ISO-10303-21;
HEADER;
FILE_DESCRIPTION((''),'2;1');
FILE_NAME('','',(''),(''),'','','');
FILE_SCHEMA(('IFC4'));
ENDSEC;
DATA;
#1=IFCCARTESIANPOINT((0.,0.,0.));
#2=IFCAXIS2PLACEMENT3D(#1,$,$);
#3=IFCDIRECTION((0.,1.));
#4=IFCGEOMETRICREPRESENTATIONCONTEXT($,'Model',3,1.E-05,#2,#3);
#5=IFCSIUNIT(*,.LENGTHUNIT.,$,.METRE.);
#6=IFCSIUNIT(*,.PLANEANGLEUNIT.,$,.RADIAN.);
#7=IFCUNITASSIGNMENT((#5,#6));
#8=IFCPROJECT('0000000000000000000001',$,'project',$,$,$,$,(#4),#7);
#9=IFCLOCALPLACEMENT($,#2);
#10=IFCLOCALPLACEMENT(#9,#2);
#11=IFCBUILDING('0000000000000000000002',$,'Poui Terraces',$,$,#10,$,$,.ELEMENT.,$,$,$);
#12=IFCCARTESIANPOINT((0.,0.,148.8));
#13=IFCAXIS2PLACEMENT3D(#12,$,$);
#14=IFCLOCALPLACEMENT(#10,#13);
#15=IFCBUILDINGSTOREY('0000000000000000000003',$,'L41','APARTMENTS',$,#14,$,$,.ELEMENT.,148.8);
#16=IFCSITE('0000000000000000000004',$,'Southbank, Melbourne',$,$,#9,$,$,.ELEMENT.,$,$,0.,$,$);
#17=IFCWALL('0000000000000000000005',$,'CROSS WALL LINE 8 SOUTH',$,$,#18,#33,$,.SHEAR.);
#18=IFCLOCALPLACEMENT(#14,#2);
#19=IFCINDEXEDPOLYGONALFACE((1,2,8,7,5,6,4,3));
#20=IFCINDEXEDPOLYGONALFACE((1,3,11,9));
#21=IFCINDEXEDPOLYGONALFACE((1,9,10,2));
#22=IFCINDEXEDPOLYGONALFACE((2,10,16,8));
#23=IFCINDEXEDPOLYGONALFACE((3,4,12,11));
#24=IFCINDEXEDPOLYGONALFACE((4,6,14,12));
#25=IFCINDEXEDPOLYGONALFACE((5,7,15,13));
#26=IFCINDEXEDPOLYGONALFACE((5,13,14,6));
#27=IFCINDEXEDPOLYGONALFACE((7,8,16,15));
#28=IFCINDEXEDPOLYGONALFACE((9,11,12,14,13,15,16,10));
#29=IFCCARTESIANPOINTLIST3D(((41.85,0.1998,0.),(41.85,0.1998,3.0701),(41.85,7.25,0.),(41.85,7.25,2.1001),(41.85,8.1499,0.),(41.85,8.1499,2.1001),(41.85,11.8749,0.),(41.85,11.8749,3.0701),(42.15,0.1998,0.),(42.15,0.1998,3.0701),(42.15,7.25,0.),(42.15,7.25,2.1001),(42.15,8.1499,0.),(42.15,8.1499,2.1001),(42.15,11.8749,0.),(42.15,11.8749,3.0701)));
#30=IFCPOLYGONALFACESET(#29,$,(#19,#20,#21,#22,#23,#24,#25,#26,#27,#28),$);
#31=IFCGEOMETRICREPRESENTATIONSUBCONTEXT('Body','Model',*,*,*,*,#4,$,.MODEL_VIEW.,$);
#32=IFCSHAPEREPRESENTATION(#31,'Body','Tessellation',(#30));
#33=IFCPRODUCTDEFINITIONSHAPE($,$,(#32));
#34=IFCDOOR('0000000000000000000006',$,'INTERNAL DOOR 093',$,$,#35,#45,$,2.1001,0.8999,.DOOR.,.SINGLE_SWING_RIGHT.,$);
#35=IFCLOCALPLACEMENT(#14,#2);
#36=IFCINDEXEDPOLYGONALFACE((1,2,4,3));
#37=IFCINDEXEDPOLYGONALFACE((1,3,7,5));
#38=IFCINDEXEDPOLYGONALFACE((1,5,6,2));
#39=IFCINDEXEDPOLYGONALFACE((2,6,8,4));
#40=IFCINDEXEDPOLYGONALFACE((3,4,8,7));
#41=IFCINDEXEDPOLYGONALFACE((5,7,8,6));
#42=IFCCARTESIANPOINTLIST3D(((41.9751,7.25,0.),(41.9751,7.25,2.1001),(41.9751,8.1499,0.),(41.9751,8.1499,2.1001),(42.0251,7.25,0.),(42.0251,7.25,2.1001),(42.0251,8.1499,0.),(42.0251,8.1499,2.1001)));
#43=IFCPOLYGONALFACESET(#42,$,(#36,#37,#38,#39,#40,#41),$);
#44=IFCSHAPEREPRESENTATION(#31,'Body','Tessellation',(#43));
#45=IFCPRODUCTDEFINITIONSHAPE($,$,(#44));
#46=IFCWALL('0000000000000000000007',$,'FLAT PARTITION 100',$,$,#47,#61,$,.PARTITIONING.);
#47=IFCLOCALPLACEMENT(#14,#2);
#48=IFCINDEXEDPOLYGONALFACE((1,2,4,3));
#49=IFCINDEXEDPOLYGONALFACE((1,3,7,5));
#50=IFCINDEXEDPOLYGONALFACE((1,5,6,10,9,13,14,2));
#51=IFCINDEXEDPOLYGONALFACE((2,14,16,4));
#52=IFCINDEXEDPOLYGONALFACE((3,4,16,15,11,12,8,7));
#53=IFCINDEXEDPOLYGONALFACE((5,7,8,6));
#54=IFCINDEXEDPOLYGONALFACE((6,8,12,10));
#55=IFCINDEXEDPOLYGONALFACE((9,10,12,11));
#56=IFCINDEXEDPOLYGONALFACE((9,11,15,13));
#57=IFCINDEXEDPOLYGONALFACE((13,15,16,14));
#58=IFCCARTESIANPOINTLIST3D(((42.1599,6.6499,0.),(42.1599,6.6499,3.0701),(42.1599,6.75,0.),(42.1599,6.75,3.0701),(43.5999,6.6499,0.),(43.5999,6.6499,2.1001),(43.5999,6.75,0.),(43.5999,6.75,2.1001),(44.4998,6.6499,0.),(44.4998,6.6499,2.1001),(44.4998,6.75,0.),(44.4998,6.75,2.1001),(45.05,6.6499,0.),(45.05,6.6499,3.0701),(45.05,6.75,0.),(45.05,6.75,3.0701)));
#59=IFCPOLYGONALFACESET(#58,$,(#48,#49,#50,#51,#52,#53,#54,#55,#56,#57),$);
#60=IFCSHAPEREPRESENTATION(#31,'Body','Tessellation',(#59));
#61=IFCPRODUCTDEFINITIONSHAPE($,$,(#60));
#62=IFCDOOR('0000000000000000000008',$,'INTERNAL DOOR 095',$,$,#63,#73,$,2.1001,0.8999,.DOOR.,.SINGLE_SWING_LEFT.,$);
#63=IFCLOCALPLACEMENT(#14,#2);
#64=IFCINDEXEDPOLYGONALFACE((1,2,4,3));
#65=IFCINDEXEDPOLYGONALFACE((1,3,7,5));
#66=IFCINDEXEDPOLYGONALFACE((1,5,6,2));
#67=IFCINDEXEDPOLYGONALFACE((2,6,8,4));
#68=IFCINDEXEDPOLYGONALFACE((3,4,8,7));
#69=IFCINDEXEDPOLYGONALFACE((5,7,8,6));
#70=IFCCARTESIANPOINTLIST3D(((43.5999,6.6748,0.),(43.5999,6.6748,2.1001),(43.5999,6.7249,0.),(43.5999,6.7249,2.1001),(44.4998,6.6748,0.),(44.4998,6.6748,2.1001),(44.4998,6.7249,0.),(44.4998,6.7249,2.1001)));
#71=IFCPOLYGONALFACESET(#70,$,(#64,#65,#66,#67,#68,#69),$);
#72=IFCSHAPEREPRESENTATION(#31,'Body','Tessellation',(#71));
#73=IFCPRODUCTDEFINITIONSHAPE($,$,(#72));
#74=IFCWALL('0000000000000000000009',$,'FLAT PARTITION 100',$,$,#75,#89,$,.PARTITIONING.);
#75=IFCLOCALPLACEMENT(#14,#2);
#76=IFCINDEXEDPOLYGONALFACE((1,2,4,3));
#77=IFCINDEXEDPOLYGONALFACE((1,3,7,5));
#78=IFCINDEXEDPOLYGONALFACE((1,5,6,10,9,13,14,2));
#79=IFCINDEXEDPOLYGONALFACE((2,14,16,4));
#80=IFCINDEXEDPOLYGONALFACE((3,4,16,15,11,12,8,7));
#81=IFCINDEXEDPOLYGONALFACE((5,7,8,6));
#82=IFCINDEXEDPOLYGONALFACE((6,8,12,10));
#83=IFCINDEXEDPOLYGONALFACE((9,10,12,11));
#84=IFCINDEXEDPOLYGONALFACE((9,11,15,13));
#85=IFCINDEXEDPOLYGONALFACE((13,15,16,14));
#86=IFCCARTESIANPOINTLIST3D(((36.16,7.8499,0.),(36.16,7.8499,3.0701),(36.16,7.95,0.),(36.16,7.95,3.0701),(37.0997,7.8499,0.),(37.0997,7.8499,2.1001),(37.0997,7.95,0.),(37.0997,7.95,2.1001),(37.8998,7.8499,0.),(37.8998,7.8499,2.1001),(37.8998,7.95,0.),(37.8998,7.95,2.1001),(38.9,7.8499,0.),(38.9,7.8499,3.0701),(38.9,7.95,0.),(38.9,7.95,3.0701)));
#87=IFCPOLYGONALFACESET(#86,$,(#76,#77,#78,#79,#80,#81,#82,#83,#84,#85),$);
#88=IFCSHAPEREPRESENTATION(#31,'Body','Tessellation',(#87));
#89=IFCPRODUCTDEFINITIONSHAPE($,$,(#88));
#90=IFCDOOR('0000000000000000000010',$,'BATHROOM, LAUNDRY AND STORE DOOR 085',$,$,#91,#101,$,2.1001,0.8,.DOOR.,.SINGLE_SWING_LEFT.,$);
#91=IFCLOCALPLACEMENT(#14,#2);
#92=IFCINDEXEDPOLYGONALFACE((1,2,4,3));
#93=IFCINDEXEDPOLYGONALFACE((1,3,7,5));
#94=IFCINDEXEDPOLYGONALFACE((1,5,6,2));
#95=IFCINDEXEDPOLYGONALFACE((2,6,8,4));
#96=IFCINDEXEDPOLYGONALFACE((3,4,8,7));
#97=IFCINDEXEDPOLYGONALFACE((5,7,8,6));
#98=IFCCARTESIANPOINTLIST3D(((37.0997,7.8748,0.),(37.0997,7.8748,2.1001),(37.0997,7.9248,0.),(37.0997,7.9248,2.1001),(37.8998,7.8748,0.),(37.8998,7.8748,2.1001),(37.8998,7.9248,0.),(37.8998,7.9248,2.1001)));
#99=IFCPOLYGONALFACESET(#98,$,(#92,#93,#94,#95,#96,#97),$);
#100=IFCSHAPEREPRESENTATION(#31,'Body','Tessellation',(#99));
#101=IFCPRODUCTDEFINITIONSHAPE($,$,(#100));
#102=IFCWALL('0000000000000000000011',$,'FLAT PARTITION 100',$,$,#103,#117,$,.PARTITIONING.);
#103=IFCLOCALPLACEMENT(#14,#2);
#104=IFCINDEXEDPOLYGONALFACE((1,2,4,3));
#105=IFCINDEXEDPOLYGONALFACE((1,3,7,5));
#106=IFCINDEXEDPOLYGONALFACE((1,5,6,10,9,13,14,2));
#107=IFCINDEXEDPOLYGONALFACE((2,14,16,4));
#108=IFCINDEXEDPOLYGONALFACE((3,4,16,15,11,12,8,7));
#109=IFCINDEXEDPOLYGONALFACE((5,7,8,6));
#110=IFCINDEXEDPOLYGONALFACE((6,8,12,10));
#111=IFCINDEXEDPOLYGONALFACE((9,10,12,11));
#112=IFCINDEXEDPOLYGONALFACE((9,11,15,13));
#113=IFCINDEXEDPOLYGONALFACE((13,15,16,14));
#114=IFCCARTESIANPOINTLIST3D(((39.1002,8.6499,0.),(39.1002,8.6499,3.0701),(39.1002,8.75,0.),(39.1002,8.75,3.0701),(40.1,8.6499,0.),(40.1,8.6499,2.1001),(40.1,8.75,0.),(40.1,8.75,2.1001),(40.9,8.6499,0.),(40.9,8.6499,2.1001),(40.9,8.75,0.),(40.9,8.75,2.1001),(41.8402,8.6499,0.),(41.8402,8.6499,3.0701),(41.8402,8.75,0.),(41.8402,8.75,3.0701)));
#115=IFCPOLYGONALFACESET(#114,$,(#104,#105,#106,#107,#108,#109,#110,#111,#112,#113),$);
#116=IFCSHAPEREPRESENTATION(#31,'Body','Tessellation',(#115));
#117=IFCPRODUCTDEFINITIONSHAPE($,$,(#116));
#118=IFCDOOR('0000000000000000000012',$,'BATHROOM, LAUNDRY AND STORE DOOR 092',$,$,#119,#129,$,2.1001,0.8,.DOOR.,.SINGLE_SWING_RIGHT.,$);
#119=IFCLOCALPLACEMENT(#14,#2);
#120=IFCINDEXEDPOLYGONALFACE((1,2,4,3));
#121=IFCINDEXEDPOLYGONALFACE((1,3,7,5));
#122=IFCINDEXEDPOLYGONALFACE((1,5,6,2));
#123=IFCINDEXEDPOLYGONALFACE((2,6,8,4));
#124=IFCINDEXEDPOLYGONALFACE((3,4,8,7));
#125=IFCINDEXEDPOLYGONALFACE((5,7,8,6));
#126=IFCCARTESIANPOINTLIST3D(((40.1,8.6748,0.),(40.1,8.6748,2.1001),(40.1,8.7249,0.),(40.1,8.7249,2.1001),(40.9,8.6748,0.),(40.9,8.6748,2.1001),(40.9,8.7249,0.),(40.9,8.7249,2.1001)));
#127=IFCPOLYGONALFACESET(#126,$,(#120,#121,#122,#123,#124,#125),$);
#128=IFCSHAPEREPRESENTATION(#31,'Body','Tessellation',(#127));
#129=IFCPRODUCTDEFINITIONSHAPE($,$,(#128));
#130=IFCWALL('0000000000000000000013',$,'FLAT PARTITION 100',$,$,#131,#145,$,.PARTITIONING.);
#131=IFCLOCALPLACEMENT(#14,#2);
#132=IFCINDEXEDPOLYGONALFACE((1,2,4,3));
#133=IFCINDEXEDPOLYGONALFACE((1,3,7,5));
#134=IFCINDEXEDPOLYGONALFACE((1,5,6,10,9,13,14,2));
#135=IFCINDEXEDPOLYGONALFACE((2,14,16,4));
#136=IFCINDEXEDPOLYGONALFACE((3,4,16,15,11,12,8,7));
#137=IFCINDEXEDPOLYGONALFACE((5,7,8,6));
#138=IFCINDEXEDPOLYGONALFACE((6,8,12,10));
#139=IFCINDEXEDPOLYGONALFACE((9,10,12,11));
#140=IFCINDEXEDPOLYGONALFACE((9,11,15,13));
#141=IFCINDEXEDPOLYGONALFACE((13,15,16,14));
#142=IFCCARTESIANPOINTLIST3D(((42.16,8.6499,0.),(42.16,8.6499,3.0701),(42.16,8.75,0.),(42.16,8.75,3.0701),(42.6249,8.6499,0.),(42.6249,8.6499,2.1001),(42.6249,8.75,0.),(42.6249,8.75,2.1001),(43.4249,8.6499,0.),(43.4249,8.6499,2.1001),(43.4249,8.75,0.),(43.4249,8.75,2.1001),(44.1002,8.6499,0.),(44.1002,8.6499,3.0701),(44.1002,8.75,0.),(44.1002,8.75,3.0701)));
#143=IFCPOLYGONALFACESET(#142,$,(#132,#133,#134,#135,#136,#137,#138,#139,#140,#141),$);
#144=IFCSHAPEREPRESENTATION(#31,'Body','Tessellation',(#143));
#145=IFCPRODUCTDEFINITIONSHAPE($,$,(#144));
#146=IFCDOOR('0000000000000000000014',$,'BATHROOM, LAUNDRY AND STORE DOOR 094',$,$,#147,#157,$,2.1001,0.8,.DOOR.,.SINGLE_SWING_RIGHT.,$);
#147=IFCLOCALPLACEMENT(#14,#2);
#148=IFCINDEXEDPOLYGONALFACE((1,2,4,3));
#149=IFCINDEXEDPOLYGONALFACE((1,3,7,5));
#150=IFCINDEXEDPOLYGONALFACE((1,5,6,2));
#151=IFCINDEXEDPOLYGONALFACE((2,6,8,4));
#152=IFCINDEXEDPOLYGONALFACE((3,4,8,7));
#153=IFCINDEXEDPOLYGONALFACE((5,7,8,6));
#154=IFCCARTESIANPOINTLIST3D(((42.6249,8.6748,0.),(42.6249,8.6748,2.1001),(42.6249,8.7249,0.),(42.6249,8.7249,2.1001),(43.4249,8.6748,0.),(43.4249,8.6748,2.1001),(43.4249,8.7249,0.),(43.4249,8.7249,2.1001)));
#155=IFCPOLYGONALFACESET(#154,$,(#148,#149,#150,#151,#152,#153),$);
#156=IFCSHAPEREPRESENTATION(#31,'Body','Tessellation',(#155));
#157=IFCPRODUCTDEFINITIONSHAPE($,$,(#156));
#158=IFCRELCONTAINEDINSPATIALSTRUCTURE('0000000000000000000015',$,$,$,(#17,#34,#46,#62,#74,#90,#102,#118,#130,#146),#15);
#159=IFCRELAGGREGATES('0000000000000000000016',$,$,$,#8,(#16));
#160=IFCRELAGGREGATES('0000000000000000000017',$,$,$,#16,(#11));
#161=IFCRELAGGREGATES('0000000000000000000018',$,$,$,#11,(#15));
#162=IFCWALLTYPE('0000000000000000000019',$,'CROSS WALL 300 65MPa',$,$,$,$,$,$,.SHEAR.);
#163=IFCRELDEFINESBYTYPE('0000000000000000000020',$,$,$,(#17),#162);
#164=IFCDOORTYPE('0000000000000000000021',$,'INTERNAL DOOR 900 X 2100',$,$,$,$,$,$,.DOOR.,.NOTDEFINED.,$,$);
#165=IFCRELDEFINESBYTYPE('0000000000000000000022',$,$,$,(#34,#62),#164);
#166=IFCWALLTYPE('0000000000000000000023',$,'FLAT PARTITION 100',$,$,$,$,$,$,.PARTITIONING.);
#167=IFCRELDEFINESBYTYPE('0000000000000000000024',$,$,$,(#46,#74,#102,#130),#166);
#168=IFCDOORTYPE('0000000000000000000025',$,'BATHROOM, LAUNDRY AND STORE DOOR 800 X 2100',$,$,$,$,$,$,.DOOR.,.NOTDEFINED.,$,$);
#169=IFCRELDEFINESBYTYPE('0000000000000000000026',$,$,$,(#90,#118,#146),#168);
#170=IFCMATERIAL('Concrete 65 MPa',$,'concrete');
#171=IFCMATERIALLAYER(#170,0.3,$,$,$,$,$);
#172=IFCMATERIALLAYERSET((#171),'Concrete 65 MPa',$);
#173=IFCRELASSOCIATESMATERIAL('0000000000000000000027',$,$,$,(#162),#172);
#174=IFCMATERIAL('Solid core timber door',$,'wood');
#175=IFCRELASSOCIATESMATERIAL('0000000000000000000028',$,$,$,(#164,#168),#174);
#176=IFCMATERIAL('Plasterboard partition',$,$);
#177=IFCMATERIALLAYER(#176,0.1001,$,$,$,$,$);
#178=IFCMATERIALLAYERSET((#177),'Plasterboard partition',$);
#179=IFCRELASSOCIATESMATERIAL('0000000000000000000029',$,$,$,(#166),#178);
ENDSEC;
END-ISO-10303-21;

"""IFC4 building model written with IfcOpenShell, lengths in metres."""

from ifc_helpers import new_model, si_unit, direction, frame, frame_2d, origin, place, context, subcontext, project, spatial, rectangle, extrude, material, layer, layer_set, type_object, element, fill, save


model = new_model("IFC4")

# Units and contexts
model_context = context("Model", 3, precision=1e-05, world=origin(), true_north=direction((0.0, 1.0)))
body_context = subcontext(model_context, "Body", "Model", "MODEL_VIEW")
ifc_project = project(units=[si_unit("LENGTHUNIT", "METRE"), si_unit("PLANEANGLEUNIT", "RADIAN")], contexts=[model_context])

# Site, building, storey
site_placement = place(None, origin())
site = spatial("IfcSite", under=ifc_project, at=site_placement, Name="Southbank, Melbourne", CompositionType="ELEMENT", RefElevation=0.0)
building_placement = place(site_placement, origin())
building = spatial("IfcBuilding", under=site, at=building_placement, Name="Poui Terraces", CompositionType="ELEMENT")
storey_placement = place(building_placement, frame((0.0, 0.0, 148.8)))
storey = spatial("IfcBuildingStorey", under=building, at=storey_placement, Name="L41", Description="APARTMENTS", CompositionType="ELEMENT", Elevation=148.8)

# Walls, openings, doors
ifc_material_1 = material(Name="Concrete 65 MPa", Category="concrete")
ifc_layer_1 = layer(ifc_material_1, 0.3)
ifc_layer_set_1 = layer_set([ifc_layer_1], Name="Concrete 65 MPa")
wall_type_1 = type_object("IfcWallType", Name="CROSS WALL 300 65MPa", PredefinedType="SHEAR", material=ifc_layer_set_1)
wall_1_placement = place(storey_placement, frame((42.0, 0.2, 0.0), z_axis=(0.0, 0.0, 1.0), x_axis=(0.0, 1.0, 0.0)))
wall_1 = element("IfcWall", 1, at=wall_1_placement, inside=storey, type_object=wall_type_1, Name="CROSS WALL LINE 8 SOUTH", PredefinedType="SHEAR", context=body_context, shape_type="SweptSolid", body=[
    extrude(rectangle(XDim=11.675, YDim=0.3, at=frame_2d((5.8374, 0.0))), origin(), (0.0, 0.0, 1.0), 3.0701),
])
opening_1_placement = place(wall_1_placement, frame((7.05, 0.0, 0.0)))
opening_1 = element("IfcOpeningElement", 2, at=opening_1_placement, cuts=wall_1, PredefinedType="OPENING", context=body_context, shape_type="SweptSolid", body=[
    extrude(rectangle(XDim=0.8999, YDim=2.1001, at=frame_2d((0.45, 1.05))), frame((0.0, 0.1602, 0.0), z_axis=(0.0, -1.0, 0.0), x_axis=(1.0, 0.0, 0.0)), (0.0, 0.0, 1.0), 0.3201),
])
ifc_material_2 = material(Name="Solid core timber door", Category="wood")
door_type_1 = type_object("IfcDoorType", Name="INTERNAL DOOR 900 X 2100", OperationType="NOTDEFINED", PredefinedType="DOOR", material=ifc_material_2)
door_1_placement = place(opening_1_placement, origin())
door_1 = element("IfcDoor", 3, at=door_1_placement, inside=storey, type_object=door_type_1, Name="INTERNAL DOOR 093", OperationType="SINGLE_SWING_RIGHT", OverallHeight=2.1001, OverallWidth=0.8999, PredefinedType="DOOR", context=body_context, shape_type="SweptSolid", body=[
    extrude(rectangle(XDim=0.8999, YDim=2.1001, at=frame_2d((0.45, 1.05))), frame((0.0, 0.0249, 0.0), z_axis=(0.0, -1.0, 0.0), x_axis=(1.0, 0.0, 0.0)), (0.0, 0.0, 1.0), 0.05),
])
fill(opening_1, door_1)
ifc_material_3 = material(Name="Plasterboard partition")
ifc_layer_2 = layer(ifc_material_3, 0.1001)
ifc_layer_set_2 = layer_set([ifc_layer_2], Name="Plasterboard partition")
wall_type_2 = type_object("IfcWallType", Name="FLAT PARTITION 100", PredefinedType="PARTITIONING", material=ifc_layer_set_2)
wall_2_placement = place(storey_placement, frame((42.1599, 6.7, 0.0), z_axis=(0.0, 0.0, 1.0), x_axis=(1.0, 0.0, 0.0)))
wall_2 = element("IfcWall", 4, at=wall_2_placement, inside=storey, type_object=wall_type_2, Name="FLAT PARTITION 100", PredefinedType="PARTITIONING", context=body_context, shape_type="SweptSolid", body=[
    extrude(rectangle(XDim=2.8901, YDim=0.1001, at=frame_2d((1.4451, 0.0))), origin(), (0.0, 0.0, 1.0), 3.0701),
])
opening_2_placement = place(wall_2_placement, frame((1.4399, 0.0, 0.0)))
opening_2 = element("IfcOpeningElement", 5, at=opening_2_placement, cuts=wall_2, PredefinedType="OPENING", context=body_context, shape_type="SweptSolid", body=[
    extrude(rectangle(XDim=0.8999, YDim=2.1001, at=frame_2d((0.45, 1.05))), frame((0.0, 0.0601, 0.0), z_axis=(0.0, -1.0, 0.0), x_axis=(1.0, 0.0, 0.0)), (0.0, 0.0, 1.0), 0.1201),
])
door_2_placement = place(opening_2_placement, origin())
door_2 = element("IfcDoor", 6, at=door_2_placement, inside=storey, type_object=door_type_1, Name="INTERNAL DOOR 095", OperationType="SINGLE_SWING_LEFT", OverallHeight=2.1001, OverallWidth=0.8999, PredefinedType="DOOR", context=body_context, shape_type="SweptSolid", body=[
    extrude(rectangle(XDim=0.8999, YDim=2.1001, at=frame_2d((0.45, 1.05))), frame((0.0, 0.0249, 0.0), z_axis=(0.0, -1.0, 0.0), x_axis=(1.0, 0.0, 0.0)), (0.0, 0.0, 1.0), 0.05),
])
fill(opening_2, door_2)
wall_3_placement = place(storey_placement, frame((36.1599, 7.8999, 0.0), z_axis=(0.0, 0.0, 1.0), x_axis=(1.0, 0.0, 0.0)))
wall_3 = element("IfcWall", 7, at=wall_3_placement, inside=storey, type_object=wall_type_2, Name="FLAT PARTITION 100", PredefinedType="PARTITIONING", context=body_context, shape_type="SweptSolid", body=[
    extrude(rectangle(XDim=2.74, YDim=0.1001, at=frame_2d((1.3701, 0.0))), origin(), (0.0, 0.0, 1.0), 3.0701),
])
opening_3_placement = place(wall_3_placement, frame((0.9399, 0.0, 0.0)))
opening_3 = element("IfcOpeningElement", 8, at=opening_3_placement, cuts=wall_3, PredefinedType="OPENING", context=body_context, shape_type="SweptSolid", body=[
    extrude(rectangle(XDim=0.8, YDim=2.1001, at=frame_2d((0.3999, 1.05))), frame((0.0, 0.0601, 0.0), z_axis=(0.0, -1.0, 0.0), x_axis=(1.0, 0.0, 0.0)), (0.0, 0.0, 1.0), 0.1201),
])
door_type_2 = type_object("IfcDoorType", Name="BATHROOM, LAUNDRY AND STORE DOOR 800 X 2100", OperationType="NOTDEFINED", PredefinedType="DOOR", material=ifc_material_2)
door_3_placement = place(opening_3_placement, origin())
door_3 = element("IfcDoor", 9, at=door_3_placement, inside=storey, type_object=door_type_2, Name="BATHROOM, LAUNDRY AND STORE DOOR 085", OperationType="SINGLE_SWING_LEFT", OverallHeight=2.1001, OverallWidth=0.8, PredefinedType="DOOR", context=body_context, shape_type="SweptSolid", body=[
    extrude(rectangle(XDim=0.8, YDim=2.1001, at=frame_2d((0.3999, 1.05))), frame((0.0, 0.0249, 0.0), z_axis=(0.0, -1.0, 0.0), x_axis=(1.0, 0.0, 0.0)), (0.0, 0.0, 1.0), 0.05),
])
fill(opening_3, door_3)
wall_4_placement = place(storey_placement, frame((39.1001, 8.7, 0.0), z_axis=(0.0, 0.0, 1.0), x_axis=(1.0, 0.0, 0.0)))
wall_4 = element("IfcWall", 10, at=wall_4_placement, inside=storey, type_object=wall_type_2, Name="FLAT PARTITION 100", PredefinedType="PARTITIONING", context=body_context, shape_type="SweptSolid", body=[
    extrude(rectangle(XDim=2.74, YDim=0.1001, at=frame_2d((1.3701, 0.0))), origin(), (0.0, 0.0, 1.0), 3.0701),
])
opening_4_placement = place(wall_4_placement, frame((1.0, 0.0, 0.0)))
opening_4 = element("IfcOpeningElement", 11, at=opening_4_placement, cuts=wall_4, PredefinedType="OPENING", context=body_context, shape_type="SweptSolid", body=[
    extrude(rectangle(XDim=0.8, YDim=2.1001, at=frame_2d((0.3999, 1.05))), frame((0.0, 0.0601, 0.0), z_axis=(0.0, -1.0, 0.0), x_axis=(1.0, 0.0, 0.0)), (0.0, 0.0, 1.0), 0.1201),
])
door_4_placement = place(opening_4_placement, origin())
door_4 = element("IfcDoor", 12, at=door_4_placement, inside=storey, type_object=door_type_2, Name="BATHROOM, LAUNDRY AND STORE DOOR 092", OperationType="SINGLE_SWING_RIGHT", OverallHeight=2.1001, OverallWidth=0.8, PredefinedType="DOOR", context=body_context, shape_type="SweptSolid", body=[
    extrude(rectangle(XDim=0.8, YDim=2.1001, at=frame_2d((0.3999, 1.05))), frame((0.0, 0.0249, 0.0), z_axis=(0.0, -1.0, 0.0), x_axis=(1.0, 0.0, 0.0)), (0.0, 0.0, 1.0), 0.05),
])
fill(opening_4, door_4)
wall_5_placement = place(storey_placement, frame((42.1599, 8.7, 0.0), z_axis=(0.0, 0.0, 1.0), x_axis=(1.0, 0.0, 0.0)))
wall_5 = element("IfcWall", 13, at=wall_5_placement, inside=storey, type_object=wall_type_2, Name="FLAT PARTITION 100", PredefinedType="PARTITIONING", context=body_context, shape_type="SweptSolid", body=[
    extrude(rectangle(XDim=1.9402, YDim=0.1001, at=frame_2d((0.9702, 0.0))), origin(), (0.0, 0.0, 1.0), 3.0701),
])
opening_5_placement = place(wall_5_placement, frame((0.4651, 0.0, 0.0)))
opening_5 = element("IfcOpeningElement", 14, at=opening_5_placement, cuts=wall_5, PredefinedType="OPENING", context=body_context, shape_type="SweptSolid", body=[
    extrude(rectangle(XDim=0.8, YDim=2.1001, at=frame_2d((0.3999, 1.05))), frame((0.0, 0.0601, 0.0), z_axis=(0.0, -1.0, 0.0), x_axis=(1.0, 0.0, 0.0)), (0.0, 0.0, 1.0), 0.1201),
])
door_5_placement = place(opening_5_placement, origin())
door_5 = element("IfcDoor", 15, at=door_5_placement, inside=storey, type_object=door_type_2, Name="BATHROOM, LAUNDRY AND STORE DOOR 094", OperationType="SINGLE_SWING_RIGHT", OverallHeight=2.1001, OverallWidth=0.8, PredefinedType="DOOR", context=body_context, shape_type="SweptSolid", body=[
    extrude(rectangle(XDim=0.8, YDim=2.1001, at=frame_2d((0.3999, 1.05))), frame((0.0, 0.0249, 0.0), z_axis=(0.0, -1.0, 0.0), x_axis=(1.0, 0.0, 0.0)), (0.0, 0.0, 1.0), 0.05),
])
fill(opening_5, door_5)

save(model, "model.ifc")
